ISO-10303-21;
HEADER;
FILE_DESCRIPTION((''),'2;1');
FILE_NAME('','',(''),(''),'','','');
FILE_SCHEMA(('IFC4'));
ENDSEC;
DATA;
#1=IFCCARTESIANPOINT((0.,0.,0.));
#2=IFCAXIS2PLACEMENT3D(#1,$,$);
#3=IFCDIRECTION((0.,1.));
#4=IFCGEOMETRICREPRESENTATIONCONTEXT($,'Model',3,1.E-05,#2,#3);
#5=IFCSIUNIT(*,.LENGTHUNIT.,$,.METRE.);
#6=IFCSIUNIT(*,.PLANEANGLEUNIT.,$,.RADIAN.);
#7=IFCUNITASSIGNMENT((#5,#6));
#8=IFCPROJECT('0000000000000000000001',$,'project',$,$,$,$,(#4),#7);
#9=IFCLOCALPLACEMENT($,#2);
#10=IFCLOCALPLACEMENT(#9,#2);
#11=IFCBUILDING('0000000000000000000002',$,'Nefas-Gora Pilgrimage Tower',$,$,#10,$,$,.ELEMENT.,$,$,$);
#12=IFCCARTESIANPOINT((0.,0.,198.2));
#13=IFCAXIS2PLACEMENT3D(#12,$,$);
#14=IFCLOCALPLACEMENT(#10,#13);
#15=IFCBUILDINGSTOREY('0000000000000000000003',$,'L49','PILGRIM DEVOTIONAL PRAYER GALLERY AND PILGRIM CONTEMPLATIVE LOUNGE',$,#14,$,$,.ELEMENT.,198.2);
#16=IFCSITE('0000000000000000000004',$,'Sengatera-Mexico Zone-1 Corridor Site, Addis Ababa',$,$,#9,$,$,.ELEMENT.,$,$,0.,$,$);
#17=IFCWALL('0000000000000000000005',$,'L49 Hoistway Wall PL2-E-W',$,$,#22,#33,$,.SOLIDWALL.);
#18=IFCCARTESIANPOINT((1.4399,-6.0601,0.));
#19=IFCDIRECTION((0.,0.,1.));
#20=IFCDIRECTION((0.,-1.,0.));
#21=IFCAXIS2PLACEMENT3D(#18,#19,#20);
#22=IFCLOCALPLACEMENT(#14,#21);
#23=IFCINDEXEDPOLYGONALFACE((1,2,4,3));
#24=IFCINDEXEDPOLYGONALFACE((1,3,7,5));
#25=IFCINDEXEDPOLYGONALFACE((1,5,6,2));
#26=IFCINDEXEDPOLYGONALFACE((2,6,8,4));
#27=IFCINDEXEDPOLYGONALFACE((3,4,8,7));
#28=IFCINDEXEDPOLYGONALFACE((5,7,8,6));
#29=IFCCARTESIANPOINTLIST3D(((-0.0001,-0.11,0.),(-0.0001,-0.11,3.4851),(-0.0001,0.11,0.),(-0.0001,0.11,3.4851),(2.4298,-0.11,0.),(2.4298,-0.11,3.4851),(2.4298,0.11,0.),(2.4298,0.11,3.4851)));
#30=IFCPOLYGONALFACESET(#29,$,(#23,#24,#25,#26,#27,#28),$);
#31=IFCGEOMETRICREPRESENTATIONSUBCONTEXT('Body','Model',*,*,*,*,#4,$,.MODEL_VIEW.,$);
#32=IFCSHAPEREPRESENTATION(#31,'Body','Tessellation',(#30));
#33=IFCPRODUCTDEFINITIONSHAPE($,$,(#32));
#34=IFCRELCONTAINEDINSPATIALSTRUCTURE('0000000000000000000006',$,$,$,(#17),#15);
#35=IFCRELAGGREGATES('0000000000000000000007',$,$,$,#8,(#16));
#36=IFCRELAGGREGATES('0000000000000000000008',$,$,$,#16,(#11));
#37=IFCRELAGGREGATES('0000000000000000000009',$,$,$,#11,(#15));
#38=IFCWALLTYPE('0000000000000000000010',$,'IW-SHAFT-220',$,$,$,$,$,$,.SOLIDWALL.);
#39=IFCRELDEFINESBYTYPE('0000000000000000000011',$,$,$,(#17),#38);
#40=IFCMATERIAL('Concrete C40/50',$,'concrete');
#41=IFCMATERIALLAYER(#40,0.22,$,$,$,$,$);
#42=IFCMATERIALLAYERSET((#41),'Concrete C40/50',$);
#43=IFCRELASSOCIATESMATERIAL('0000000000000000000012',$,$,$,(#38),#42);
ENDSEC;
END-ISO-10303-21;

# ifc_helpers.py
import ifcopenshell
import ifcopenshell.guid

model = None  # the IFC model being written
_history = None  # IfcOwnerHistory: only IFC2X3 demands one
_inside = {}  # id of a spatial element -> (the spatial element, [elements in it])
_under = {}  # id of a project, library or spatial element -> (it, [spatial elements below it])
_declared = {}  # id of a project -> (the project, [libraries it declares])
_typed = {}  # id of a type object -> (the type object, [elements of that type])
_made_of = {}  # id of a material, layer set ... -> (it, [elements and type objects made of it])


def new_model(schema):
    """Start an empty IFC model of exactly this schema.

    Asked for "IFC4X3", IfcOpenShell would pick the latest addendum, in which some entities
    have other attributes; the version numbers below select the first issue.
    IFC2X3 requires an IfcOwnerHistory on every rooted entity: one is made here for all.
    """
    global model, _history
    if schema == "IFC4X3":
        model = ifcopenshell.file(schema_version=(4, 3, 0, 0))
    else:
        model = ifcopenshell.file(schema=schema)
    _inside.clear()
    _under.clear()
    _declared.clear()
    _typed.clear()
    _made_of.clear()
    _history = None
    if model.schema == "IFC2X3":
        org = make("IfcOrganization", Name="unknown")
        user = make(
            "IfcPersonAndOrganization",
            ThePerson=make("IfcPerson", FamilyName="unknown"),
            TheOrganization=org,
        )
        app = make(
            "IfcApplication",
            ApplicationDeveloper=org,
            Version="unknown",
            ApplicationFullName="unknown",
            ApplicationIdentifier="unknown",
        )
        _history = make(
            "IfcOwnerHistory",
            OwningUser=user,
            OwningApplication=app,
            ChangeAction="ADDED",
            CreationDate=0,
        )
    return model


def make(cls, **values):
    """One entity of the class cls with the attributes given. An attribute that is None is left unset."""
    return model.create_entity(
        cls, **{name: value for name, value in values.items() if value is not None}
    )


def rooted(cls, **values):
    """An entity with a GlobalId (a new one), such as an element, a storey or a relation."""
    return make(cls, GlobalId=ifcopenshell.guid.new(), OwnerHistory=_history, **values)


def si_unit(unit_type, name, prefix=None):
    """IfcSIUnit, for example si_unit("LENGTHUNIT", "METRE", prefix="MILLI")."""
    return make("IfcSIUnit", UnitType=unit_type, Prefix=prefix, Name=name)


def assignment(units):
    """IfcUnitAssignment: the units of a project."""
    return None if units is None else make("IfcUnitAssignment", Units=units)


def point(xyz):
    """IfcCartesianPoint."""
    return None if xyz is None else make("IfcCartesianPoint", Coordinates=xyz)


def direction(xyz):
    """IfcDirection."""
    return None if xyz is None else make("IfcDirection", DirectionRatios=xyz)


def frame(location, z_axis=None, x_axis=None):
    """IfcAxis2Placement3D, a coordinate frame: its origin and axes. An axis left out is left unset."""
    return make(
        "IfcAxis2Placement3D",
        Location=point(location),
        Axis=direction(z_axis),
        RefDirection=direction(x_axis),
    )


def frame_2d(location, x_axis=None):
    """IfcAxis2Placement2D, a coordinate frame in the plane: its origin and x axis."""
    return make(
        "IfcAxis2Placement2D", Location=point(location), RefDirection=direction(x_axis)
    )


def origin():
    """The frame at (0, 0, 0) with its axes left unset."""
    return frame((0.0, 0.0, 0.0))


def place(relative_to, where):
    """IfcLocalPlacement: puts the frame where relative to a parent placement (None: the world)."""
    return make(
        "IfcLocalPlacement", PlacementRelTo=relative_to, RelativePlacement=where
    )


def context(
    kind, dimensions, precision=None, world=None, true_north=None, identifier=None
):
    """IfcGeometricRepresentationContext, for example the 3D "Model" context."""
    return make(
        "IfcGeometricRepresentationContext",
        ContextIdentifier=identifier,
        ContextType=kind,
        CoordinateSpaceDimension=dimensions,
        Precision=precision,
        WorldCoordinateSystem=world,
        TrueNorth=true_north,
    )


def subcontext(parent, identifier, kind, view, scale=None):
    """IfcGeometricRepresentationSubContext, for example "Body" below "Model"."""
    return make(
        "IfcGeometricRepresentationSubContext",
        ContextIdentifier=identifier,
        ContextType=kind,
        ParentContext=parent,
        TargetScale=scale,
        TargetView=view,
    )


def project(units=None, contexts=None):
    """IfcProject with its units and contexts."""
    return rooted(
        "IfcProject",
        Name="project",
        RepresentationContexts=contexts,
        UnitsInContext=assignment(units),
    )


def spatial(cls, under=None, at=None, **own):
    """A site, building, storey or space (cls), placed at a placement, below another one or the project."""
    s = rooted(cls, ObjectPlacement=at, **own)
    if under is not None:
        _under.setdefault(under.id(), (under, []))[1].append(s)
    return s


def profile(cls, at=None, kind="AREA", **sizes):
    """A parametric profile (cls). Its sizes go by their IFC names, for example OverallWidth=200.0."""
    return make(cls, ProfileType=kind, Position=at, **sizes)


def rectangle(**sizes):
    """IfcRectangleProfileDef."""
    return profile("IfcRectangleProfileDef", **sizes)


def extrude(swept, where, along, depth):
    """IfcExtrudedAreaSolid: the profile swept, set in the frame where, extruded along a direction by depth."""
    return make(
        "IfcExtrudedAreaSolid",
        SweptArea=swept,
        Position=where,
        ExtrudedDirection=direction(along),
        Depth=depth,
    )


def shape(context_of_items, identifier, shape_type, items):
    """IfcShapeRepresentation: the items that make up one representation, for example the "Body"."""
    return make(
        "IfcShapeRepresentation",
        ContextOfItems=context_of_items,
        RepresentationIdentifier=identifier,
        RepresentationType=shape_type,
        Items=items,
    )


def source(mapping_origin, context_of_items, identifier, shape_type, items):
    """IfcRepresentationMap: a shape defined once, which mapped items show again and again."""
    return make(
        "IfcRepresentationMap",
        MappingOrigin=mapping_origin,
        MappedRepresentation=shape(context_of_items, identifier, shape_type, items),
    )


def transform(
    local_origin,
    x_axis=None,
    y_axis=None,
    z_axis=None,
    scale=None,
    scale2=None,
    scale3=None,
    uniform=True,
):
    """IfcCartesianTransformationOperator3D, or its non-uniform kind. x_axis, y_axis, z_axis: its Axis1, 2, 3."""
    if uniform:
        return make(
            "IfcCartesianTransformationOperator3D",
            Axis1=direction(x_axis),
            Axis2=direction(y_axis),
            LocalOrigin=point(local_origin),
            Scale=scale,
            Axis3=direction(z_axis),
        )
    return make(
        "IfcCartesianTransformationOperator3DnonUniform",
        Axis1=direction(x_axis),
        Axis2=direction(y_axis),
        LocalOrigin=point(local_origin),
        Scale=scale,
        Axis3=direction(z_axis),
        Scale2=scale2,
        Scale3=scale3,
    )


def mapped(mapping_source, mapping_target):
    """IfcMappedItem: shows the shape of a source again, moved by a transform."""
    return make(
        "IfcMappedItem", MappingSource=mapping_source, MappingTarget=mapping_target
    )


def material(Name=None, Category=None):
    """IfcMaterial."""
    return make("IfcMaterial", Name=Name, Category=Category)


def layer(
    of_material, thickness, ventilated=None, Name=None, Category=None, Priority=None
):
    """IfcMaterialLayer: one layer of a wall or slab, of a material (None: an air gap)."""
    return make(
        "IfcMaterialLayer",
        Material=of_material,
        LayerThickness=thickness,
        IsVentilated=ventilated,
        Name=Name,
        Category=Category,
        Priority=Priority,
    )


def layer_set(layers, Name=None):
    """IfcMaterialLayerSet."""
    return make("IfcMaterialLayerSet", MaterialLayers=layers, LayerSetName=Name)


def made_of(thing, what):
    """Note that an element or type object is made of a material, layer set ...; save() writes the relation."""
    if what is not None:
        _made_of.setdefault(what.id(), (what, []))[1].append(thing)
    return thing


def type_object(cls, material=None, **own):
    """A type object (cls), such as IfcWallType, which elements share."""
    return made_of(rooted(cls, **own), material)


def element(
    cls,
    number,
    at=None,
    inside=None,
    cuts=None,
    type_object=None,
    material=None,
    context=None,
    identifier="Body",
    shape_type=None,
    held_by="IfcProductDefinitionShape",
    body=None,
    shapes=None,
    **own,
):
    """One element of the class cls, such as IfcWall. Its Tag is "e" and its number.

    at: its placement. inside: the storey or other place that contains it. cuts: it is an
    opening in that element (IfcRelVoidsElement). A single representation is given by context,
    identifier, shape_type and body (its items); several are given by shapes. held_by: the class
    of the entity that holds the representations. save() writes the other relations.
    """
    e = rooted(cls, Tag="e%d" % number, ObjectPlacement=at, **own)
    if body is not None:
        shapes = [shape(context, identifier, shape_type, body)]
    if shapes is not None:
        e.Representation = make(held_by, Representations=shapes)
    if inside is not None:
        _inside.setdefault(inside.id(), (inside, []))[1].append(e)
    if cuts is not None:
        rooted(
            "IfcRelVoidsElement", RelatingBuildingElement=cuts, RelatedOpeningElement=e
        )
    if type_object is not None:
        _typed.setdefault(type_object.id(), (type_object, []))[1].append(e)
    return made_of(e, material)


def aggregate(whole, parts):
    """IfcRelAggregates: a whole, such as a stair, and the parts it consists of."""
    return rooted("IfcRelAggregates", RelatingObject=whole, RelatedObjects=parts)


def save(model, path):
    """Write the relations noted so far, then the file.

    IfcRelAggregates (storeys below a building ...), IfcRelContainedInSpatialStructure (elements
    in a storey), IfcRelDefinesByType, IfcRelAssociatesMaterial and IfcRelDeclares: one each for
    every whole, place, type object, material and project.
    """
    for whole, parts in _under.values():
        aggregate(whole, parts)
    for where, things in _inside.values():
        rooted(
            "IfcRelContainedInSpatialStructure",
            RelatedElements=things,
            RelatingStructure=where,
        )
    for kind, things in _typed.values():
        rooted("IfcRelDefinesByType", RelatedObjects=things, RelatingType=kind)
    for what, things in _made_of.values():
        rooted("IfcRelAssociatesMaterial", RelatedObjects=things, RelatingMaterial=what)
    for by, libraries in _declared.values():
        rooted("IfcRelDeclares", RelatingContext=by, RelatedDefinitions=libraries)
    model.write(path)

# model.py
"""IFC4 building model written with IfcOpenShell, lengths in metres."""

from ifc_helpers import new_model, si_unit, direction, frame, frame_2d, origin, place, context, subcontext, project, spatial, rectangle, extrude, source, transform, mapped, material, layer, layer_set, type_object, element, save


model = new_model("IFC4")

# Units and contexts
model_context = context("Model", 3, precision=1e-05, world=origin(), true_north=direction((0.0, 1.0)))
body_context = subcontext(model_context, "Body", "Model", "MODEL_VIEW")
ifc_project = project(units=[si_unit("LENGTHUNIT", "METRE"), si_unit("PLANEANGLEUNIT", "RADIAN")], contexts=[model_context])

# Site, building, storey
site_placement = place(None, origin())
site = spatial("IfcSite", under=ifc_project, at=site_placement, Name="Sengatera-Mexico Zone-1 Corridor Site, Addis Ababa", CompositionType="ELEMENT", RefElevation=0.0)
building_placement = place(site_placement, origin())
building = spatial("IfcBuilding", under=site, at=building_placement, Name="Nefas-Gora Pilgrimage Tower", CompositionType="ELEMENT")
storey_placement = place(building_placement, frame((0.0, 0.0, 198.2)))
storey = spatial("IfcBuildingStorey", under=building, at=storey_placement, Name="L49", Description="PILGRIM DEVOTIONAL PRAYER GALLERY AND PILGRIM CONTEMPLATIVE LOUNGE", CompositionType="ELEMENT", Elevation=198.2)

# Shared definitions
ifc_material_1 = material(Name="Concrete C40/50", Category="concrete")
ifc_layer_1 = layer(ifc_material_1, 0.22)
ifc_layer_set_1 = layer_set([ifc_layer_1], Name="Concrete C40/50")
wall_type_1 = type_object("IfcWallType", Name="IW-SHAFT-220", PredefinedType="SOLIDWALL", material=ifc_layer_set_1)

# Wall
shared_shape_1 = source(origin(), body_context, "Body", "SweptSolid", [
    extrude(rectangle(XDim=2.4299, YDim=0.22, at=frame_2d((1.2148, 0.0))), origin(), (0.0, 0.0, 1.0), 3.4851),
])
for number, where, z_axis, x_axis, name in (
    (1, (1.4399, -6.0601, 0.0), (0.0, 0.0, 1.0), (0.0, -1.0, 0.0), "L49 Hoistway Wall PL2-E-W"),
):
    element("IfcWall", number, at=place(storey_placement, frame(where, z_axis=z_axis, x_axis=x_axis)), inside=storey, type_object=wall_type_1, Name=name, PredefinedType="SOLIDWALL", context=body_context, shape_type="MappedRepresentation", body=[
        mapped(shared_shape_1, transform((0.0, 0.0, 0.0), x_axis=(1.0, 0.0, 0.0), y_axis=(0.0, 1.0, 0.0), z_axis=(0.0, 0.0, 1.0), scale=1.0)),
    ])

save(model, "model.ifc")
